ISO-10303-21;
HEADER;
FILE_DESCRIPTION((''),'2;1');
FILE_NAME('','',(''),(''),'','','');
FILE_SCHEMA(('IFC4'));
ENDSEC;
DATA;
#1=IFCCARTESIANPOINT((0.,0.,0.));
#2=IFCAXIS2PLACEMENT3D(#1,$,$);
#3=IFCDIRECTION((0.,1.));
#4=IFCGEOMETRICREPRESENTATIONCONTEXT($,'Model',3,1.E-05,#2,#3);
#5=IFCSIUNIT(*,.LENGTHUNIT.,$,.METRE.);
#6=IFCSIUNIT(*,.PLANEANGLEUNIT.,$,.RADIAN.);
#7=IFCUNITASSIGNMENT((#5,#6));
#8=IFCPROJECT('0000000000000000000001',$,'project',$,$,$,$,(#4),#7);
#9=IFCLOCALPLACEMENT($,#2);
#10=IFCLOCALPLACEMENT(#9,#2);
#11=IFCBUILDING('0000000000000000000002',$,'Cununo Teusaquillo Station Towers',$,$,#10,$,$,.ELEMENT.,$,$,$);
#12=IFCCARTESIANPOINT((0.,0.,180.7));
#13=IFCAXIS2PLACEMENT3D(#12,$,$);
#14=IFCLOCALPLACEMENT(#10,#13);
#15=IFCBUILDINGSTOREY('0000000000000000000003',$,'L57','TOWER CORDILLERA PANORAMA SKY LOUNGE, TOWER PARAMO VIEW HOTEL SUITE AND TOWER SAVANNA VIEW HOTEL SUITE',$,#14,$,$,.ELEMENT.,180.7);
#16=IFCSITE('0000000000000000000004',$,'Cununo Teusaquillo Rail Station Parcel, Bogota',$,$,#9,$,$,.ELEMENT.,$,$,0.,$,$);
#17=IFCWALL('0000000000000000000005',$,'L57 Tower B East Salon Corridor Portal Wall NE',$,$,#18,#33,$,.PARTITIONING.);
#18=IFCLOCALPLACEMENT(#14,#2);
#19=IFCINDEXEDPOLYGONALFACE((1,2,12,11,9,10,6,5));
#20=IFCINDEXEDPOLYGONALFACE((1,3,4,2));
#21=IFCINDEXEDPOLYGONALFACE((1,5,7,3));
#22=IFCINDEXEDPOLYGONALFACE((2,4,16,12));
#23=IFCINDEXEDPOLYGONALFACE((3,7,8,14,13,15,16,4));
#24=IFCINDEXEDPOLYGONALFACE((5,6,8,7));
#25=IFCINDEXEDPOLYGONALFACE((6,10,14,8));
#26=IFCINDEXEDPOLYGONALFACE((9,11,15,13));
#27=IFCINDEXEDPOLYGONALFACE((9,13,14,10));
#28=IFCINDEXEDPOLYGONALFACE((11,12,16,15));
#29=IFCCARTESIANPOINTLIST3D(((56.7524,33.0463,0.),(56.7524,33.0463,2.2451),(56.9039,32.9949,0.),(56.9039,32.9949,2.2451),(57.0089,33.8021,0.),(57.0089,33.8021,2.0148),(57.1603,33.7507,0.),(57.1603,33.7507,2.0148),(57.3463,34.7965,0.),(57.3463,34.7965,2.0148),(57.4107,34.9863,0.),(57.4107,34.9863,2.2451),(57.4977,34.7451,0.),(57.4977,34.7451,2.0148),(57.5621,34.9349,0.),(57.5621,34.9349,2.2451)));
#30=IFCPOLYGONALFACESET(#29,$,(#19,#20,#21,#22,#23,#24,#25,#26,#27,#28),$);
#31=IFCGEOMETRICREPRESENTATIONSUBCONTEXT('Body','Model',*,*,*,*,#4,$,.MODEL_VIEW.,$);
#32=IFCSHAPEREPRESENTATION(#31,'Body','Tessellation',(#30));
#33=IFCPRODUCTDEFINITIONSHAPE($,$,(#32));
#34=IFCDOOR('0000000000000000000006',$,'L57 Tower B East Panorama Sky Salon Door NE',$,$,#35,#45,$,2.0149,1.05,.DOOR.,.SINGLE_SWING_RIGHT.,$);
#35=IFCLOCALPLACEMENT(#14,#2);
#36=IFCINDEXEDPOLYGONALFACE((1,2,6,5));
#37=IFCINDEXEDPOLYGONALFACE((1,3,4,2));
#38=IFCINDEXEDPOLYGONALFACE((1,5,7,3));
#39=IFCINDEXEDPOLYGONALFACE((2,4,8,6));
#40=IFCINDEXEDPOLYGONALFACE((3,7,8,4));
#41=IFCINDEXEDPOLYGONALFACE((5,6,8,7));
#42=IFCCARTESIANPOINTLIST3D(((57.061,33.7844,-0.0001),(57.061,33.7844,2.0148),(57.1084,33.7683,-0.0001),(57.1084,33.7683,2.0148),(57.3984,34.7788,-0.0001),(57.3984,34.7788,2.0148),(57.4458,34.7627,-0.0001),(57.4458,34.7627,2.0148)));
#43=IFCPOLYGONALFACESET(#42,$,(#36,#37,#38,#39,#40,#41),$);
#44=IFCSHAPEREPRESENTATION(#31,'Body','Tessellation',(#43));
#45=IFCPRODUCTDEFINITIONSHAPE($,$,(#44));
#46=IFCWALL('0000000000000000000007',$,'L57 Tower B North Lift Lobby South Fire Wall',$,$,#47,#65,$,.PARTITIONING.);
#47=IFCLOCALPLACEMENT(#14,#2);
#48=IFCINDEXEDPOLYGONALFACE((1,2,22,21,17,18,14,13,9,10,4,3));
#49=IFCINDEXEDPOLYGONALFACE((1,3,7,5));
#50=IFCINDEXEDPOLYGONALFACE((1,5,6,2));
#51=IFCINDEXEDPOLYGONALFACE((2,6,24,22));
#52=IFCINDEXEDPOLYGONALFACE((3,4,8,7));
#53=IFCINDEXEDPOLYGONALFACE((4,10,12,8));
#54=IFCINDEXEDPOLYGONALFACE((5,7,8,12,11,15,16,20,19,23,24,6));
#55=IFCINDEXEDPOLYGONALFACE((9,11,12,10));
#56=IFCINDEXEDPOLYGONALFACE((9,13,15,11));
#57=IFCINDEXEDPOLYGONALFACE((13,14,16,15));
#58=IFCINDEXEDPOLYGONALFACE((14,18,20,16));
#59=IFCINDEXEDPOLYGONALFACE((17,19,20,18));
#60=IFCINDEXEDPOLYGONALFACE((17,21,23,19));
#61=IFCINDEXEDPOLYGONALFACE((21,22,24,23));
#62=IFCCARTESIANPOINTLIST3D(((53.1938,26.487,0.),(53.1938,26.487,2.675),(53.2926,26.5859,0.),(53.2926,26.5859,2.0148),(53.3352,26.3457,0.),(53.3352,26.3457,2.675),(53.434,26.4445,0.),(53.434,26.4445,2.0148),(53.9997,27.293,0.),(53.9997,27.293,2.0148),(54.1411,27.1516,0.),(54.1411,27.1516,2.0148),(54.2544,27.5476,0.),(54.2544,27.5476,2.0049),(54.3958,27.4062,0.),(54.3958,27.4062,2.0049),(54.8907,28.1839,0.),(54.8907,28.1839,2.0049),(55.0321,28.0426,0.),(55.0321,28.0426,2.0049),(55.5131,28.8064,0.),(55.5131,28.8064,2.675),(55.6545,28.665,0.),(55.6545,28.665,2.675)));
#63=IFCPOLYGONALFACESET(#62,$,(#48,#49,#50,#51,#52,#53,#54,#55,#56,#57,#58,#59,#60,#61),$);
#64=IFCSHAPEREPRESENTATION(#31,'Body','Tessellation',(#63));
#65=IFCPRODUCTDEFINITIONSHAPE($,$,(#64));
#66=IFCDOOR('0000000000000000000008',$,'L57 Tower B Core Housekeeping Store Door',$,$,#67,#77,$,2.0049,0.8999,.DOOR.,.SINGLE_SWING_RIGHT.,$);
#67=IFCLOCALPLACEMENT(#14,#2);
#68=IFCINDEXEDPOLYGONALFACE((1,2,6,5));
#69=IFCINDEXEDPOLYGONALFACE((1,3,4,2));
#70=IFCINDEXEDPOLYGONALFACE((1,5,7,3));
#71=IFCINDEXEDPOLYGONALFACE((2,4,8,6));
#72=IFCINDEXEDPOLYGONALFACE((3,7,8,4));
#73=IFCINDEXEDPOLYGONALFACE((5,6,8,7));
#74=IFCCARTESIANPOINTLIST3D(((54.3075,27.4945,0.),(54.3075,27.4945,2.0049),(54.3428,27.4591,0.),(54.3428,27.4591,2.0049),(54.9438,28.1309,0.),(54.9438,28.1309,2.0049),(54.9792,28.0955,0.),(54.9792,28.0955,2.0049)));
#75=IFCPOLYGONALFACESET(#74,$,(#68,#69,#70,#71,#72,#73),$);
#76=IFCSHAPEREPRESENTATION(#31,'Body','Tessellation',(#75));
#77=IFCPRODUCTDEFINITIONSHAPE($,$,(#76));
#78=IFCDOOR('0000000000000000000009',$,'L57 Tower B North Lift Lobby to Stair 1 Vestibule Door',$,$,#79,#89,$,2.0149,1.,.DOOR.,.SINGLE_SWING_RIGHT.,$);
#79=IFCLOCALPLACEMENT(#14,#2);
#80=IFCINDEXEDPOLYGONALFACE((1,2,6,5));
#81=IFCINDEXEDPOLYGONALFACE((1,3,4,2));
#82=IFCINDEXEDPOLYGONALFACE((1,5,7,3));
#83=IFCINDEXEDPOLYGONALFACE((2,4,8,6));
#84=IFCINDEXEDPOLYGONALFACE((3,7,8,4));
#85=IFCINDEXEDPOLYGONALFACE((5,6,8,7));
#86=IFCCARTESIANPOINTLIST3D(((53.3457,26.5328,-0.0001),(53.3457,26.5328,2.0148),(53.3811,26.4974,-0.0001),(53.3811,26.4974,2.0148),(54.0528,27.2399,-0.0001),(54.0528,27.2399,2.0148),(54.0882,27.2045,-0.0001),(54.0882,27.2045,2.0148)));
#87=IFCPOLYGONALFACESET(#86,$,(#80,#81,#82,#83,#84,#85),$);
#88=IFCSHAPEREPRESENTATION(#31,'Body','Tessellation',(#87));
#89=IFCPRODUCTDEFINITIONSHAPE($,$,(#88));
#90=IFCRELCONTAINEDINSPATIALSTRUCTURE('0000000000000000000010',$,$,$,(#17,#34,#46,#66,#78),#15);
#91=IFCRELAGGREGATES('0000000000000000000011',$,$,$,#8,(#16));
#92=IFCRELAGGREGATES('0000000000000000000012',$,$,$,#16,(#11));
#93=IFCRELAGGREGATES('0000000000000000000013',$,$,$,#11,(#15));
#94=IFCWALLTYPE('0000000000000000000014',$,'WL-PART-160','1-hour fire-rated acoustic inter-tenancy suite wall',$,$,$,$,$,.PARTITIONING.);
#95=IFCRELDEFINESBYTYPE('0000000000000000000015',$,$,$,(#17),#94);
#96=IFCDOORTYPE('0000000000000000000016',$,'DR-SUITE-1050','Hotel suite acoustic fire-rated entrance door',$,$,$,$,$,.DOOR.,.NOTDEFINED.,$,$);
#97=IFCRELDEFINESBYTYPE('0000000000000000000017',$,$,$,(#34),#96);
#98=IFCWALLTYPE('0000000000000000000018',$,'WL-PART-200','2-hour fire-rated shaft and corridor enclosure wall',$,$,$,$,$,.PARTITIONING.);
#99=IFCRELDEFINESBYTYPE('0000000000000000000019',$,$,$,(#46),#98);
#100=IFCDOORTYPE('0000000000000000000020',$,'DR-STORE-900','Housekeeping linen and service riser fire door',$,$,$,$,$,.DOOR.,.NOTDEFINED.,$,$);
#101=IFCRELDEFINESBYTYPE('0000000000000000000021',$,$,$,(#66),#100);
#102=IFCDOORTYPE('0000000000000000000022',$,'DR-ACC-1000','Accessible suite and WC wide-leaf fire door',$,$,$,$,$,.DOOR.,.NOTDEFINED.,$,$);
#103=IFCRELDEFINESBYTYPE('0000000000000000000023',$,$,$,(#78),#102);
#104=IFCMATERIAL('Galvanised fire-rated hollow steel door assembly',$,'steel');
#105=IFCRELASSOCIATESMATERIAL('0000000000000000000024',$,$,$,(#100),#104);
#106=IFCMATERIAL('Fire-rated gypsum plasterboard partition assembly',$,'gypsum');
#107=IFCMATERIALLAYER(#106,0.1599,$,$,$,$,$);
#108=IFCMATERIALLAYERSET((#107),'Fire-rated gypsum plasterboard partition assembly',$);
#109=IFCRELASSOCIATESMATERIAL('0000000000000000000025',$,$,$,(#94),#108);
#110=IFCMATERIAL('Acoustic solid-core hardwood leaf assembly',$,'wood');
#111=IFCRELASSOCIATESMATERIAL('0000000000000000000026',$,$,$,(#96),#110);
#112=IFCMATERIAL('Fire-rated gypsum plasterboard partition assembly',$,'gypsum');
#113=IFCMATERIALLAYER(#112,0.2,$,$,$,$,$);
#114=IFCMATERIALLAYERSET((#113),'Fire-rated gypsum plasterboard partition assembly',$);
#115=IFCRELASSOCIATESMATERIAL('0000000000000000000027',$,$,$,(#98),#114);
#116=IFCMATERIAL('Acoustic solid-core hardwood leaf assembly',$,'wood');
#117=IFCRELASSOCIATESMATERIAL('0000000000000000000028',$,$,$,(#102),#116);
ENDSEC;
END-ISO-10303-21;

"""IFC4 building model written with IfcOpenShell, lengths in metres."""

from ifc_helpers import new_model, si_unit, direction, frame, frame_2d, origin, place, context, subcontext, project, spatial, rectangle, extrude, source, transform, mapped, material, layer, layer_set, type_object, element, fill, save


model = new_model("IFC4")

# Units and contexts
model_context = context("Model", 3, precision=1e-05, world=origin(), true_north=direction((0.0, 1.0)))
body_context = subcontext(model_context, "Body", "Model", "MODEL_VIEW")
ifc_project = project(units=[si_unit("LENGTHUNIT", "METRE"), si_unit("PLANEANGLEUNIT", "RADIAN")], contexts=[model_context])

# Site, building, storey
site_placement = place(None, origin())
site = spatial("IfcSite", under=ifc_project, at=site_placement, Name="Cununo Teusaquillo Rail Station Parcel, Bogota", CompositionType="ELEMENT", RefElevation=0.0)
building_placement = place(site_placement, origin())
building = spatial("IfcBuilding", under=site, at=building_placement, Name="Cununo Teusaquillo Station Towers", CompositionType="ELEMENT")
storey_placement = place(building_placement, frame((0.0, 0.0, 180.7)))
storey = spatial("IfcBuildingStorey", under=building, at=storey_placement, Name="L57", Description="TOWER CORDILLERA PANORAMA SKY LOUNGE, TOWER PARAMO VIEW HOTEL SUITE AND TOWER SAVANNA VIEW HOTEL SUITE", CompositionType="ELEMENT", Elevation=180.7)

# Shared definitions
ifc_material_1 = material(Name="Galvanised fire-rated hollow steel door assembly", Category="steel")
door_type_1 = type_object("IfcDoorType", Name="DR-STORE-900", Description="Housekeeping linen and service riser fire door", OperationType="NOTDEFINED", PredefinedType="DOOR", material=ifc_material_1)
shared_shape_1 = source(origin(), body_context, "Body", "SweptSolid", [
    extrude(rectangle(XDim=0.8999, YDim=2.0049, at=frame_2d((0.45, 1.0024))), frame((0.0, 0.0249, 0.0), z_axis=(0.0, -1.0, 0.0), x_axis=(1.0, 0.0, 0.0)), (0.0, 0.0, 1.0), 0.05),
])

# Shared definitions
ifc_material_2 = material(Name="Fire-rated gypsum plasterboard partition assembly", Category="gypsum")
ifc_layer_1 = layer(ifc_material_2, 0.1599)
ifc_layer_set_1 = layer_set([ifc_layer_1], Name="Fire-rated gypsum plasterboard partition assembly")
wall_type_1 = type_object("IfcWallType", Name="WL-PART-160", Description="1-hour fire-rated acoustic inter-tenancy suite wall", PredefinedType="PARTITIONING", material=ifc_layer_set_1)

# Wall, opening, door
wall_1_placement = place(storey_placement, frame((56.8281, 33.0205, 0.0), z_axis=(0.0, 0.0, 1.0), x_axis=(0.3213, 0.946977, 0.0)))
wall_1 = element("IfcWall", 1, at=wall_1_placement, inside=storey, type_object=wall_type_1, Name="L57 Tower B East Salon Corridor Portal Wall NE", PredefinedType="PARTITIONING", context=body_context, shape_type="SweptSolid", body=[
    extrude(rectangle(XDim=2.0486, YDim=0.1599, at=frame_2d((1.0244, 0.0))), origin(), (0.0, 0.0, 1.0), 2.2451),
])
shared_shape_2 = source(origin(), body_context, "Body", "SweptSolid", [
    extrude(rectangle(XDim=1.05, YDim=2.0149, at=frame_2d((0.5249, 1.0073))), frame((0.0, 0.0898, 0.0), z_axis=(0.0, -1.0, 0.0), x_axis=(1.0, 0.0, 0.0)), (0.0, 0.0, 1.0), 0.1799),
])
opening_1_placement = place(wall_1_placement, frame((0.7983, 0.0, 0.0)))
opening_1 = element("IfcOpeningElement", 2, at=opening_1_placement, cuts=wall_1, PredefinedType="OPENING", context=body_context, shape_type="MappedRepresentation", body=[
    mapped(shared_shape_2, transform((0.0, 0.0, 0.0), x_axis=(1.0, 0.0, 0.0), y_axis=(0.0, 1.0, 0.0), z_axis=(0.0, 0.0, 1.0), scale=1.0)),
])
ifc_material_3 = material(Name="Acoustic solid-core hardwood leaf assembly", Category="wood")
door_type_2 = type_object("IfcDoorType", Name="DR-SUITE-1050", Description="Hotel suite acoustic fire-rated entrance door", OperationType="NOTDEFINED", PredefinedType="DOOR", material=ifc_material_3)
shared_shape_3 = source(origin(), body_context, "Body", "SweptSolid", [
    extrude(rectangle(XDim=1.05, YDim=2.0149, at=frame_2d((0.5249, 1.0073))), frame((0.0, 0.0249, 0.0), z_axis=(0.0, -1.0, 0.0), x_axis=(1.0, 0.0, 0.0)), (0.0, 0.0, 1.0), 0.05),
])
door_1_placement = place(opening_1_placement, origin())
door_1 = element("IfcDoor", 3, at=door_1_placement, inside=storey, type_object=door_type_2, Name="L57 Tower B East Panorama Sky Salon Door NE", OperationType="SINGLE_SWING_RIGHT", OverallHeight=2.0149, OverallWidth=1.05, PredefinedType="DOOR", context=body_context, shape_type="MappedRepresentation", body=[
    mapped(shared_shape_3, transform((0.0, 0.0, 0.0), x_axis=(1.0, 0.0, 0.0), y_axis=(0.0, 1.0, 0.0), z_axis=(0.0, 0.0, 1.0), scale=1.0)),
])
fill(opening_1, door_1)

# Wall, openings, doors
ifc_material_4 = material(Name="Fire-rated gypsum plasterboard partition assembly", Category="gypsum")
ifc_layer_2 = layer(ifc_material_4, 0.2)
ifc_layer_set_2 = layer_set([ifc_layer_2], Name="Fire-rated gypsum plasterboard partition assembly")
wall_type_2 = type_object("IfcWallType", Name="WL-PART-200", Description="2-hour fire-rated shaft and corridor enclosure wall", PredefinedType="PARTITIONING", material=ifc_layer_set_2)
wall_2_placement = place(storey_placement, frame((53.2644, 26.4163, 0.0), z_axis=(0.0, 0.0, 1.0), x_axis=(0.707107, 0.707107, 0.0)))
wall_2 = element("IfcWall", 4, at=wall_2_placement, inside=storey, type_object=wall_type_2, Name="L57 Tower B North Lift Lobby South Fire Wall", PredefinedType="PARTITIONING", context=body_context, shape_type="SweptSolid", body=[
    extrude(rectangle(XDim=3.28, YDim=0.2, at=frame_2d((1.6401, 0.0))), origin(), (0.0, 0.0, 1.0), 2.675),
])
shared_shape_4 = source(origin(), body_context, "Body", "SweptSolid", [
    extrude(rectangle(XDim=1.0, YDim=2.0149, at=frame_2d((0.5, 1.0073))), frame((0.0, 0.1099, 0.0), z_axis=(0.0, -1.0, 0.0), x_axis=(1.0, 0.0, 0.0)), (0.0, 0.0, 1.0), 0.22),
])
opening_2_placement = place(wall_2_placement, frame((0.1399, 0.0, 0.0)))
opening_2 = element("IfcOpeningElement", 5, at=opening_2_placement, cuts=wall_2, PredefinedType="OPENING", context=body_context, shape_type="MappedRepresentation", body=[
    mapped(shared_shape_4, transform((0.0, 0.0, 0.0), x_axis=(1.0, 0.0, 0.0), y_axis=(0.0, 1.0, 0.0), z_axis=(0.0, 0.0, 1.0), scale=1.0)),
])
shared_shape_5 = source(origin(), body_context, "Body", "SweptSolid", [
    extrude(rectangle(XDim=0.8999, YDim=2.0049, at=frame_2d((0.45, 1.0024))), frame((0.0, 0.1099, 0.0), z_axis=(0.0, -1.0, 0.0), x_axis=(1.0, 0.0, 0.0)), (0.0, 0.0, 1.0), 0.22),
])
opening_3_placement = place(wall_2_placement, frame((1.5, 0.0, 0.0)))
opening_3 = element("IfcOpeningElement", 6, at=opening_3_placement, cuts=wall_2, PredefinedType="OPENING", context=body_context, shape_type="MappedRepresentation", body=[
    mapped(shared_shape_5, transform((0.0, 0.0, 0.0), x_axis=(1.0, 0.0, 0.0), y_axis=(0.0, 1.0, 0.0), z_axis=(0.0, 0.0, 1.0), scale=1.0)),
])
door_2_placement = place(opening_3_placement, origin())
door_2 = element("IfcDoor", 7, at=door_2_placement, inside=storey, type_object=door_type_1, Name="L57 Tower B Core Housekeeping Store Door", OperationType="SINGLE_SWING_RIGHT", OverallHeight=2.0049, OverallWidth=0.8999, PredefinedType="DOOR", context=body_context, shape_type="MappedRepresentation", body=[
    mapped(shared_shape_1, transform((0.0, 0.0, 0.0), x_axis=(1.0, 0.0, 0.0), y_axis=(0.0, 1.0, 0.0), z_axis=(0.0, 0.0, 1.0), scale=1.0)),
])
fill(opening_3, door_2)
ifc_material_5 = material(Name="Acoustic solid-core hardwood leaf assembly", Category="wood")
door_type_3 = type_object("IfcDoorType", Name="DR-ACC-1000", Description="Accessible suite and WC wide-leaf fire door", OperationType="NOTDEFINED", PredefinedType="DOOR", material=ifc_material_5)
shared_shape_6 = source(origin(), body_context, "Body", "SweptSolid", [
    extrude(rectangle(XDim=1.0, YDim=2.0149, at=frame_2d((0.5, 1.0073))), frame((0.0, 0.0249, 0.0), z_axis=(0.0, -1.0, 0.0), x_axis=(1.0, 0.0, 0.0)), (0.0, 0.0, 1.0), 0.05),
])
door_3_placement = place(opening_2_placement, origin())
door_3 = element("IfcDoor", 8, at=door_3_placement, inside=storey, type_object=door_type_3, Name="L57 Tower B North Lift Lobby to Stair 1 Vestibule Door", OperationType="SINGLE_SWING_RIGHT", OverallHeight=2.0149, OverallWidth=1.0, PredefinedType="DOOR", context=body_context, shape_type="MappedRepresentation", body=[
    mapped(shared_shape_6, transform((0.0, 0.0, 0.0), x_axis=(1.0, 0.0, 0.0), y_axis=(0.0, 1.0, 0.0), z_axis=(0.0, 0.0, 1.0), scale=1.0)),
])
fill(opening_2, door_3)

save(model, "model.ifc")
